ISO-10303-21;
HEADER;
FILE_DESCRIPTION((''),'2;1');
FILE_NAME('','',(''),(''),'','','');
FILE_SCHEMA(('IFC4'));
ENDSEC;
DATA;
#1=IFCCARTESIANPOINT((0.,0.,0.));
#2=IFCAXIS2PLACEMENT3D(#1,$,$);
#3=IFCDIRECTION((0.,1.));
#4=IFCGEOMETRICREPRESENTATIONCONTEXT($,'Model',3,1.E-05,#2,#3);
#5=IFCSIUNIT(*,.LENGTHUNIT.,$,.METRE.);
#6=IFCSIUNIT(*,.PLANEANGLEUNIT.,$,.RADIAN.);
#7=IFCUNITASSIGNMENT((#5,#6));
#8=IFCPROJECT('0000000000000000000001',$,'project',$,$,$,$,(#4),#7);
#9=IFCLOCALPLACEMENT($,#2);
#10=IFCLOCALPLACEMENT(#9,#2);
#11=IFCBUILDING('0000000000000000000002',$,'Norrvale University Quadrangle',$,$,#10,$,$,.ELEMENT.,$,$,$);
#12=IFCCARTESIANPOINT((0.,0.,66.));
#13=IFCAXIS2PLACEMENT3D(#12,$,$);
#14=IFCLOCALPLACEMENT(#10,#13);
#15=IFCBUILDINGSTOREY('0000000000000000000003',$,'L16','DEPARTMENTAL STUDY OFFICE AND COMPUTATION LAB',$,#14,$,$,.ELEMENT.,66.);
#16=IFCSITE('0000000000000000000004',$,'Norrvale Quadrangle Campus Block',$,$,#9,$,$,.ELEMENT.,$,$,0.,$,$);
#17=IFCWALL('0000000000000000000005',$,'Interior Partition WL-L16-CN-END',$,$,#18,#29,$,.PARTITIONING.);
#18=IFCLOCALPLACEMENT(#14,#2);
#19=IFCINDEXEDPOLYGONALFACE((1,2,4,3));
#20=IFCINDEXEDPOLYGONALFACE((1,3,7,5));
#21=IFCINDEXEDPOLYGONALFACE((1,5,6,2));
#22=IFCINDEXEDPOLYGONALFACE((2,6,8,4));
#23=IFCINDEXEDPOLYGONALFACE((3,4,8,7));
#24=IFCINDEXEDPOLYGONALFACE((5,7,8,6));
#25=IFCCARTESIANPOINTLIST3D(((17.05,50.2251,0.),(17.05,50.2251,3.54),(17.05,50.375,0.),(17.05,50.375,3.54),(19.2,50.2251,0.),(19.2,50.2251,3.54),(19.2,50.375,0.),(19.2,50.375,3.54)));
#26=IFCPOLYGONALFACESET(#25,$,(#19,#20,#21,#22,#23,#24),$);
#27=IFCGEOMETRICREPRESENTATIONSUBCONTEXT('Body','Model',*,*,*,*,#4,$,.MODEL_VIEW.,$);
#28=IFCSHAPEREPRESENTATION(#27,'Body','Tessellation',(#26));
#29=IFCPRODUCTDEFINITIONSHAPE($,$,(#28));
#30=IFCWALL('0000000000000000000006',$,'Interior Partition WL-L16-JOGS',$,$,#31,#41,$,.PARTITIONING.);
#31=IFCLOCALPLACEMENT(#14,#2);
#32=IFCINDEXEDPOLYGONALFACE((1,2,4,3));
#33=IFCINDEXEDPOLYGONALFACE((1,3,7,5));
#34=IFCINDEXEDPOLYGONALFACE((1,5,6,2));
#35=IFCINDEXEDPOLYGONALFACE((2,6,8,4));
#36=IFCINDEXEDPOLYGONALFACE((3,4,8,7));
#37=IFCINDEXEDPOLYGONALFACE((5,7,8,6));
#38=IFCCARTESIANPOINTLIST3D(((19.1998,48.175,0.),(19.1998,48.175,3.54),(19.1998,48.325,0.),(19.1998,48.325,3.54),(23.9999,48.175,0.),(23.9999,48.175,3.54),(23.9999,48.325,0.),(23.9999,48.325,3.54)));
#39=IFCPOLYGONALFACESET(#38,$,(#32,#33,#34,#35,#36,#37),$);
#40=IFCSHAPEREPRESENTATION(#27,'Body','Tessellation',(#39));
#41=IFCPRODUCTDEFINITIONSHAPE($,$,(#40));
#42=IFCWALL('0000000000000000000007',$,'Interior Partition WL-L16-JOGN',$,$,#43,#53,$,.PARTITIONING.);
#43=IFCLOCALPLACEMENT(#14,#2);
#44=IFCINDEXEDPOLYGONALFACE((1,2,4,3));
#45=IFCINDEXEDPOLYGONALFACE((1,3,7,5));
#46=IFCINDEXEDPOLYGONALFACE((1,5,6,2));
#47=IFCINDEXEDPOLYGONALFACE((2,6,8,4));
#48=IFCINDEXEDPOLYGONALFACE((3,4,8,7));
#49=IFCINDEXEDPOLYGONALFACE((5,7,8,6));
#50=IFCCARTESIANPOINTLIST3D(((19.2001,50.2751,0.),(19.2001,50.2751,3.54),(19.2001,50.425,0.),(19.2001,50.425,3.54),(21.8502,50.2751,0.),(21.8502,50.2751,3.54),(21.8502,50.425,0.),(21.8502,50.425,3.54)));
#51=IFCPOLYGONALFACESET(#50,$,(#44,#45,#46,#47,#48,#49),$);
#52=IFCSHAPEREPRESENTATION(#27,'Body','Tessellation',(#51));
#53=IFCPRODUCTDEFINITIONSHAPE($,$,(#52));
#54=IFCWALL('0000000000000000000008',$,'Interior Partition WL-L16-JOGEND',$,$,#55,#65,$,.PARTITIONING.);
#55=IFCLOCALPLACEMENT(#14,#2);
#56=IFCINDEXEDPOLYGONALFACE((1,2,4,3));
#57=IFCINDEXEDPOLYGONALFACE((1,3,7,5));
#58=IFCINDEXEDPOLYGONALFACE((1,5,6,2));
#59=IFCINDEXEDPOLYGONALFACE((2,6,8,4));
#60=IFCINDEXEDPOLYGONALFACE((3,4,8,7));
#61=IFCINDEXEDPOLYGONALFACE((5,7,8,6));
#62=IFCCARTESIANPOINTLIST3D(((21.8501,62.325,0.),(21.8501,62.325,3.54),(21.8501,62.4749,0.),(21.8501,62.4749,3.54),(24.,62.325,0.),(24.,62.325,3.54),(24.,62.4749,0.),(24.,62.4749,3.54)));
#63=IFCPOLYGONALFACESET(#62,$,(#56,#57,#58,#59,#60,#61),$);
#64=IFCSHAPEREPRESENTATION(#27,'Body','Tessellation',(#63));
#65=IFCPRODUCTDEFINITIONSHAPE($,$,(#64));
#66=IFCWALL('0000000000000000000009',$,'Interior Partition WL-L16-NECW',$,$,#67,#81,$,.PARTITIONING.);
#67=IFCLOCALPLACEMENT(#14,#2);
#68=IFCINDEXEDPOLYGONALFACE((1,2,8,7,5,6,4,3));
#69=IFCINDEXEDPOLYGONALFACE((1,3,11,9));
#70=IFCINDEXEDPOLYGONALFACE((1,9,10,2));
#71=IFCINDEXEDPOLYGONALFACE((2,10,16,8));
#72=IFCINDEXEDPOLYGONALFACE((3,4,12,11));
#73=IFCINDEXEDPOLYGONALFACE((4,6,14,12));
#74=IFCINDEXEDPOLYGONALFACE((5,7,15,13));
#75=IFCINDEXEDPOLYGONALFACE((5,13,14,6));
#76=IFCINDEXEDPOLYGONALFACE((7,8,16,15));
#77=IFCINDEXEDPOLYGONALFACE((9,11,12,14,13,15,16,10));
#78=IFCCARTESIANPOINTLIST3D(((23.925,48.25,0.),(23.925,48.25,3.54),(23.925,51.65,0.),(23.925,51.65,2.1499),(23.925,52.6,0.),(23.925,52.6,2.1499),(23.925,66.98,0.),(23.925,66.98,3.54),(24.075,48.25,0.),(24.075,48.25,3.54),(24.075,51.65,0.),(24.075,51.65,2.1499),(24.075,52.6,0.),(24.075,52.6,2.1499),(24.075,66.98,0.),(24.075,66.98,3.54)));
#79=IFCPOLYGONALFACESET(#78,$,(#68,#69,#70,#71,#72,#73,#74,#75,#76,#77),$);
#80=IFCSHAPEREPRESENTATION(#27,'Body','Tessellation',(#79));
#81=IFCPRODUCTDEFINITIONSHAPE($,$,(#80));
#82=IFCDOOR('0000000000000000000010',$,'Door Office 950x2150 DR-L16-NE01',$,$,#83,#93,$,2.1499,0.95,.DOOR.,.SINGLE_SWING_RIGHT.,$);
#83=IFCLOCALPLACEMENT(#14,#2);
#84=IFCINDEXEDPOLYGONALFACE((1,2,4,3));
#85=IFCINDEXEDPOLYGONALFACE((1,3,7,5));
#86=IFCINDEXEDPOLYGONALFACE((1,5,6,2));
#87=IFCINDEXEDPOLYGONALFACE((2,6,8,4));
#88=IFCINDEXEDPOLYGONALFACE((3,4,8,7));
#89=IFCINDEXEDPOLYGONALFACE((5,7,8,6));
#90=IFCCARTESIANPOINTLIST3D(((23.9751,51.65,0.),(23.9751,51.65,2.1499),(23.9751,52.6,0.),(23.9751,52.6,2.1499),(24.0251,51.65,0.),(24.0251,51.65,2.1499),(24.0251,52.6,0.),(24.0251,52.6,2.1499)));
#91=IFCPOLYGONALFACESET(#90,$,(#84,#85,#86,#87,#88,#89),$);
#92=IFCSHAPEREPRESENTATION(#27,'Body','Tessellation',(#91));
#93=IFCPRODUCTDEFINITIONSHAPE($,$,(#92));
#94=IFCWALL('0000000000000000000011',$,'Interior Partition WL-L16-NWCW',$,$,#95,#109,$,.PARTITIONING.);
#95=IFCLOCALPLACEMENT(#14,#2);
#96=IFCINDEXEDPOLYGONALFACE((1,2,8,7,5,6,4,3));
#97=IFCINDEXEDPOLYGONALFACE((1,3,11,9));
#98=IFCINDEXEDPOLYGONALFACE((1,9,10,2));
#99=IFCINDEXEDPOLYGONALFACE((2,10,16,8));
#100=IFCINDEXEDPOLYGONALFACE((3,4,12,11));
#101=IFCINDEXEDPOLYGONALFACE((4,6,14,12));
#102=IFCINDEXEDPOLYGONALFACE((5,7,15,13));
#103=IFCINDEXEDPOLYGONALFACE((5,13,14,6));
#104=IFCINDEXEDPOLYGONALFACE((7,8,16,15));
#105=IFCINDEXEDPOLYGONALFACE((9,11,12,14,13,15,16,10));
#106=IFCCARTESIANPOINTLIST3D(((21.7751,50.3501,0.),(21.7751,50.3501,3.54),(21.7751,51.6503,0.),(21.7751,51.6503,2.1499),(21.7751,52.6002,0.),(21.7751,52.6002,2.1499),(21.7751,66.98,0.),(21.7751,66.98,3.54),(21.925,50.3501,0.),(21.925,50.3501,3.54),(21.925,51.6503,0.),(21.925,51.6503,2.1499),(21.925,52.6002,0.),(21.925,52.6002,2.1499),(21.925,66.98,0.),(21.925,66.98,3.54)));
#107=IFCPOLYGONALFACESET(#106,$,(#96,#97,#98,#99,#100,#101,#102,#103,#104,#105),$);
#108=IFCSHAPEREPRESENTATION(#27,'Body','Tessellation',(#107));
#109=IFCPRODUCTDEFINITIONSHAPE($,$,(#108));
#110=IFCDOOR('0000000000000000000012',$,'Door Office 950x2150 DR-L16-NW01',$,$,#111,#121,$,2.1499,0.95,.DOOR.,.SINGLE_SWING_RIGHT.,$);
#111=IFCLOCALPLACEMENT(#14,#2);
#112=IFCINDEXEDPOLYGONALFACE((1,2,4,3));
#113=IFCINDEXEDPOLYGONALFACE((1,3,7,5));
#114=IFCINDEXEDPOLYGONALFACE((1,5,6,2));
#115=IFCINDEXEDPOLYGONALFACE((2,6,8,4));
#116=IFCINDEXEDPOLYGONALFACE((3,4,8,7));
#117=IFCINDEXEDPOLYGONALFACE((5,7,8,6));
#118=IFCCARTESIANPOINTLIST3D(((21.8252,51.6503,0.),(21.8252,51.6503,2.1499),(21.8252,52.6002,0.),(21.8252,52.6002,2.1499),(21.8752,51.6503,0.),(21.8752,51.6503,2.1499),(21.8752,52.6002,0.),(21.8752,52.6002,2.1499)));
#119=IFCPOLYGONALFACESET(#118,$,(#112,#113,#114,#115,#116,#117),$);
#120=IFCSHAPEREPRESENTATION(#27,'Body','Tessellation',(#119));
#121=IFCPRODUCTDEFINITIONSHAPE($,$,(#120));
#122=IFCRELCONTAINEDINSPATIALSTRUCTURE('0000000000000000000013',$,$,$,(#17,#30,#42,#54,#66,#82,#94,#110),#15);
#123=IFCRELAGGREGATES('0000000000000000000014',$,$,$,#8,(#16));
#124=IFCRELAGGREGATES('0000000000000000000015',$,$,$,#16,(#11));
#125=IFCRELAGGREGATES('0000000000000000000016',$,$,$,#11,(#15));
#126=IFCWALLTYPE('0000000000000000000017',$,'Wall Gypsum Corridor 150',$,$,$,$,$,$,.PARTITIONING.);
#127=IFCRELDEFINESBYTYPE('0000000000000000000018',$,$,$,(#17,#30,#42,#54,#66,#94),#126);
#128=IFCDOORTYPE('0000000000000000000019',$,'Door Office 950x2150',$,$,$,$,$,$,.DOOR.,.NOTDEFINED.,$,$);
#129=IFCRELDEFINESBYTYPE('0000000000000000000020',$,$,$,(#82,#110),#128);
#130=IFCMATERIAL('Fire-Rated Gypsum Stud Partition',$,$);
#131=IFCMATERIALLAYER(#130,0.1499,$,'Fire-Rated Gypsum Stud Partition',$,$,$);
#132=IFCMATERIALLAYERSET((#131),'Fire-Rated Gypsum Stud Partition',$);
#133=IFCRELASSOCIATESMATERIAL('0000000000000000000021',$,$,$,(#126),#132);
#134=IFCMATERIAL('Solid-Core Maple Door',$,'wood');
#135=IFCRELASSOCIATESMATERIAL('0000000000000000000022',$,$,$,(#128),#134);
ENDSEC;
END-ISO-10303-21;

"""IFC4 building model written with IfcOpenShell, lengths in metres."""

from ifc_helpers import new_model, si_unit, direction, frame, frame_2d, origin, place, context, subcontext, project, spatial, rectangle, extrude, material, layer, layer_set, type_object, element, fill, save


model = new_model("IFC4")

# Units and contexts
model_context = context("Model", 3, precision=1e-05, world=origin(), true_north=direction((0.0, 1.0)))
body_context = subcontext(model_context, "Body", "Model", "MODEL_VIEW")
ifc_project = project(units=[si_unit("LENGTHUNIT", "METRE"), si_unit("PLANEANGLEUNIT", "RADIAN")], contexts=[model_context])

# Site, building, storey
site_placement = place(None, origin())
site = spatial("IfcSite", under=ifc_project, at=site_placement, Name="Norrvale Quadrangle Campus Block", CompositionType="ELEMENT", RefElevation=0.0)
building_placement = place(site_placement, origin())
building = spatial("IfcBuilding", under=site, at=building_placement, Name="Norrvale University Quadrangle", CompositionType="ELEMENT")
storey_placement = place(building_placement, frame((0.0, 0.0, 66.0)))
storey = spatial("IfcBuildingStorey", under=building, at=storey_placement, Name="L16", Description="DEPARTMENTAL STUDY OFFICE AND COMPUTATION LAB", CompositionType="ELEMENT", Elevation=66.0)

# Walls
ifc_material_1 = material(Name="Fire-Rated Gypsum Stud Partition")
ifc_layer = layer(ifc_material_1, 0.1499, Name="Fire-Rated Gypsum Stud Partition")
ifc_layer_set = layer_set([ifc_layer], Name="Fire-Rated Gypsum Stud Partition")
wall_type = type_object("IfcWallType", Name="Wall Gypsum Corridor 150", PredefinedType="PARTITIONING", material=ifc_layer_set)
wall_1_placement = place(storey_placement, frame((17.05, 50.3, 0.0), z_axis=(0.0, 0.0, 1.0), x_axis=(1.0, 0.0, 0.0)))
element("IfcWall", 1, at=wall_1_placement, inside=storey, type_object=wall_type, Name="Interior Partition WL-L16-CN-END", PredefinedType="PARTITIONING", context=body_context, shape_type="SweptSolid", body=[
    extrude(rectangle(XDim=2.1499, YDim=0.1499, at=frame_2d((1.075, 0.0))), origin(), (0.0, 0.0, 1.0), 3.54),
])
wall_2_placement = place(storey_placement, frame((19.2, 48.25, 0.0), z_axis=(0.0, 0.0, 1.0), x_axis=(1.0, 0.0, 0.0)))
element("IfcWall", 2, at=wall_2_placement, inside=storey, type_object=wall_type, Name="Interior Partition WL-L16-JOGS", PredefinedType="PARTITIONING", context=body_context, shape_type="SweptSolid", body=[
    extrude(rectangle(XDim=4.8, YDim=0.1499, at=frame_2d((2.3999, 0.0))), origin(), (0.0, 0.0, 1.0), 3.54),
])
wall_3_placement = place(storey_placement, frame((19.2, 50.3501, 0.0), z_axis=(0.0, 0.0, 1.0), x_axis=(1.0, 0.0, 0.0)))
element("IfcWall", 3, at=wall_3_placement, inside=storey, type_object=wall_type, Name="Interior Partition WL-L16-JOGN", PredefinedType="PARTITIONING", context=body_context, shape_type="SweptSolid", body=[
    extrude(rectangle(XDim=2.6501, YDim=0.1499, at=frame_2d((1.3252, 0.0))), origin(), (0.0, 0.0, 1.0), 3.54),
])
wall_4_placement = place(storey_placement, frame((21.8501, 62.3999, 0.0), z_axis=(0.0, 0.0, 1.0), x_axis=(1.0, 0.0, 0.0)))
element("IfcWall", 4, at=wall_4_placement, inside=storey, type_object=wall_type, Name="Interior Partition WL-L16-JOGEND", PredefinedType="PARTITIONING", context=body_context, shape_type="SweptSolid", body=[
    extrude(rectangle(XDim=2.1499, YDim=0.1499, at=frame_2d((1.075, 0.0))), origin(), (0.0, 0.0, 1.0), 3.54),
])

# Walls, openings, doors
wall_5_placement = place(storey_placement, frame((24.0, 48.25, 0.0), z_axis=(0.0, 0.0, 1.0), x_axis=(0.0, 1.0, 0.0)))
wall_5 = element("IfcWall", 5, at=wall_5_placement, inside=storey, type_object=wall_type, Name="Interior Partition WL-L16-NECW", PredefinedType="PARTITIONING", context=body_context, shape_type="SweptSolid", body=[
    extrude(rectangle(XDim=18.73, YDim=0.1499, at=frame_2d((9.365, 0.0))), origin(), (0.0, 0.0, 1.0), 3.54),
])
opening_1_placement = place(wall_5_placement, frame((3.3999, 0.0, 0.0)))
opening_1 = element("IfcOpeningElement", 6, at=opening_1_placement, cuts=wall_5, PredefinedType="OPENING", context=body_context, shape_type="SweptSolid", body=[
    extrude(rectangle(XDim=0.95, YDim=2.1499, at=frame_2d((0.4751, 1.075))), frame((0.0, 0.0869, 0.0), z_axis=(0.0, -1.0, 0.0), x_axis=(1.0, 0.0, 0.0)), (0.0, 0.0, 1.0), 0.1738),
])
ifc_material_2 = material(Name="Solid-Core Maple Door", Category="wood")
door_type = type_object("IfcDoorType", Name="Door Office 950x2150", OperationType="NOTDEFINED", PredefinedType="DOOR", material=ifc_material_2)
door_1_placement = place(opening_1_placement, origin())
door_1 = element("IfcDoor", 7, at=door_1_placement, inside=storey, type_object=door_type, Name="Door Office 950x2150 DR-L16-NE01", OperationType="SINGLE_SWING_RIGHT", OverallHeight=2.1499, OverallWidth=0.95, PredefinedType="DOOR", context=body_context, shape_type="SweptSolid", body=[
    extrude(rectangle(XDim=0.95, YDim=2.1499, at=frame_2d((0.4751, 1.075))), frame((0.0, 0.0249, 0.0), z_axis=(0.0, -1.0, 0.0), x_axis=(1.0, 0.0, 0.0)), (0.0, 0.0, 1.0), 0.05),
])
fill(opening_1, door_1)
wall_6_placement = place(storey_placement, frame((21.8501, 50.3501, 0.0), z_axis=(0.0, 0.0, 1.0), x_axis=(0.0, 1.0, 0.0)))
wall_6 = element("IfcWall", 8, at=wall_6_placement, inside=storey, type_object=wall_type, Name="Interior Partition WL-L16-NWCW", PredefinedType="PARTITIONING", context=body_context, shape_type="SweptSolid", body=[
    extrude(rectangle(XDim=16.6299, YDim=0.1499, at=frame_2d((8.3149, 0.0))), origin(), (0.0, 0.0, 1.0), 3.54),
])
opening_2_placement = place(wall_6_placement, frame((1.3, 0.0, 0.0)))
opening_2 = element("IfcOpeningElement", 9, at=opening_2_placement, cuts=wall_6, PredefinedType="OPENING", context=body_context, shape_type="SweptSolid", body=[
    extrude(rectangle(XDim=0.95, YDim=2.1499, at=frame_2d((0.4751, 1.075))), frame((0.0, 0.0869, 0.0), z_axis=(0.0, -1.0, 0.0), x_axis=(1.0, 0.0, 0.0)), (0.0, 0.0, 1.0), 0.1738),
])
door_2_placement = place(opening_2_placement, origin())
door_2 = element("IfcDoor", 10, at=door_2_placement, inside=storey, type_object=door_type, Name="Door Office 950x2150 DR-L16-NW01", OperationType="SINGLE_SWING_RIGHT", OverallHeight=2.1499, OverallWidth=0.95, PredefinedType="DOOR", context=body_context, shape_type="SweptSolid", body=[
    extrude(rectangle(XDim=0.95, YDim=2.1499, at=frame_2d((0.4751, 1.075))), frame((0.0, 0.0249, 0.0), z_axis=(0.0, -1.0, 0.0), x_axis=(1.0, 0.0, 0.0)), (0.0, 0.0, 1.0), 0.05),
])
fill(opening_2, door_2)

save(model, "model.ifc")
